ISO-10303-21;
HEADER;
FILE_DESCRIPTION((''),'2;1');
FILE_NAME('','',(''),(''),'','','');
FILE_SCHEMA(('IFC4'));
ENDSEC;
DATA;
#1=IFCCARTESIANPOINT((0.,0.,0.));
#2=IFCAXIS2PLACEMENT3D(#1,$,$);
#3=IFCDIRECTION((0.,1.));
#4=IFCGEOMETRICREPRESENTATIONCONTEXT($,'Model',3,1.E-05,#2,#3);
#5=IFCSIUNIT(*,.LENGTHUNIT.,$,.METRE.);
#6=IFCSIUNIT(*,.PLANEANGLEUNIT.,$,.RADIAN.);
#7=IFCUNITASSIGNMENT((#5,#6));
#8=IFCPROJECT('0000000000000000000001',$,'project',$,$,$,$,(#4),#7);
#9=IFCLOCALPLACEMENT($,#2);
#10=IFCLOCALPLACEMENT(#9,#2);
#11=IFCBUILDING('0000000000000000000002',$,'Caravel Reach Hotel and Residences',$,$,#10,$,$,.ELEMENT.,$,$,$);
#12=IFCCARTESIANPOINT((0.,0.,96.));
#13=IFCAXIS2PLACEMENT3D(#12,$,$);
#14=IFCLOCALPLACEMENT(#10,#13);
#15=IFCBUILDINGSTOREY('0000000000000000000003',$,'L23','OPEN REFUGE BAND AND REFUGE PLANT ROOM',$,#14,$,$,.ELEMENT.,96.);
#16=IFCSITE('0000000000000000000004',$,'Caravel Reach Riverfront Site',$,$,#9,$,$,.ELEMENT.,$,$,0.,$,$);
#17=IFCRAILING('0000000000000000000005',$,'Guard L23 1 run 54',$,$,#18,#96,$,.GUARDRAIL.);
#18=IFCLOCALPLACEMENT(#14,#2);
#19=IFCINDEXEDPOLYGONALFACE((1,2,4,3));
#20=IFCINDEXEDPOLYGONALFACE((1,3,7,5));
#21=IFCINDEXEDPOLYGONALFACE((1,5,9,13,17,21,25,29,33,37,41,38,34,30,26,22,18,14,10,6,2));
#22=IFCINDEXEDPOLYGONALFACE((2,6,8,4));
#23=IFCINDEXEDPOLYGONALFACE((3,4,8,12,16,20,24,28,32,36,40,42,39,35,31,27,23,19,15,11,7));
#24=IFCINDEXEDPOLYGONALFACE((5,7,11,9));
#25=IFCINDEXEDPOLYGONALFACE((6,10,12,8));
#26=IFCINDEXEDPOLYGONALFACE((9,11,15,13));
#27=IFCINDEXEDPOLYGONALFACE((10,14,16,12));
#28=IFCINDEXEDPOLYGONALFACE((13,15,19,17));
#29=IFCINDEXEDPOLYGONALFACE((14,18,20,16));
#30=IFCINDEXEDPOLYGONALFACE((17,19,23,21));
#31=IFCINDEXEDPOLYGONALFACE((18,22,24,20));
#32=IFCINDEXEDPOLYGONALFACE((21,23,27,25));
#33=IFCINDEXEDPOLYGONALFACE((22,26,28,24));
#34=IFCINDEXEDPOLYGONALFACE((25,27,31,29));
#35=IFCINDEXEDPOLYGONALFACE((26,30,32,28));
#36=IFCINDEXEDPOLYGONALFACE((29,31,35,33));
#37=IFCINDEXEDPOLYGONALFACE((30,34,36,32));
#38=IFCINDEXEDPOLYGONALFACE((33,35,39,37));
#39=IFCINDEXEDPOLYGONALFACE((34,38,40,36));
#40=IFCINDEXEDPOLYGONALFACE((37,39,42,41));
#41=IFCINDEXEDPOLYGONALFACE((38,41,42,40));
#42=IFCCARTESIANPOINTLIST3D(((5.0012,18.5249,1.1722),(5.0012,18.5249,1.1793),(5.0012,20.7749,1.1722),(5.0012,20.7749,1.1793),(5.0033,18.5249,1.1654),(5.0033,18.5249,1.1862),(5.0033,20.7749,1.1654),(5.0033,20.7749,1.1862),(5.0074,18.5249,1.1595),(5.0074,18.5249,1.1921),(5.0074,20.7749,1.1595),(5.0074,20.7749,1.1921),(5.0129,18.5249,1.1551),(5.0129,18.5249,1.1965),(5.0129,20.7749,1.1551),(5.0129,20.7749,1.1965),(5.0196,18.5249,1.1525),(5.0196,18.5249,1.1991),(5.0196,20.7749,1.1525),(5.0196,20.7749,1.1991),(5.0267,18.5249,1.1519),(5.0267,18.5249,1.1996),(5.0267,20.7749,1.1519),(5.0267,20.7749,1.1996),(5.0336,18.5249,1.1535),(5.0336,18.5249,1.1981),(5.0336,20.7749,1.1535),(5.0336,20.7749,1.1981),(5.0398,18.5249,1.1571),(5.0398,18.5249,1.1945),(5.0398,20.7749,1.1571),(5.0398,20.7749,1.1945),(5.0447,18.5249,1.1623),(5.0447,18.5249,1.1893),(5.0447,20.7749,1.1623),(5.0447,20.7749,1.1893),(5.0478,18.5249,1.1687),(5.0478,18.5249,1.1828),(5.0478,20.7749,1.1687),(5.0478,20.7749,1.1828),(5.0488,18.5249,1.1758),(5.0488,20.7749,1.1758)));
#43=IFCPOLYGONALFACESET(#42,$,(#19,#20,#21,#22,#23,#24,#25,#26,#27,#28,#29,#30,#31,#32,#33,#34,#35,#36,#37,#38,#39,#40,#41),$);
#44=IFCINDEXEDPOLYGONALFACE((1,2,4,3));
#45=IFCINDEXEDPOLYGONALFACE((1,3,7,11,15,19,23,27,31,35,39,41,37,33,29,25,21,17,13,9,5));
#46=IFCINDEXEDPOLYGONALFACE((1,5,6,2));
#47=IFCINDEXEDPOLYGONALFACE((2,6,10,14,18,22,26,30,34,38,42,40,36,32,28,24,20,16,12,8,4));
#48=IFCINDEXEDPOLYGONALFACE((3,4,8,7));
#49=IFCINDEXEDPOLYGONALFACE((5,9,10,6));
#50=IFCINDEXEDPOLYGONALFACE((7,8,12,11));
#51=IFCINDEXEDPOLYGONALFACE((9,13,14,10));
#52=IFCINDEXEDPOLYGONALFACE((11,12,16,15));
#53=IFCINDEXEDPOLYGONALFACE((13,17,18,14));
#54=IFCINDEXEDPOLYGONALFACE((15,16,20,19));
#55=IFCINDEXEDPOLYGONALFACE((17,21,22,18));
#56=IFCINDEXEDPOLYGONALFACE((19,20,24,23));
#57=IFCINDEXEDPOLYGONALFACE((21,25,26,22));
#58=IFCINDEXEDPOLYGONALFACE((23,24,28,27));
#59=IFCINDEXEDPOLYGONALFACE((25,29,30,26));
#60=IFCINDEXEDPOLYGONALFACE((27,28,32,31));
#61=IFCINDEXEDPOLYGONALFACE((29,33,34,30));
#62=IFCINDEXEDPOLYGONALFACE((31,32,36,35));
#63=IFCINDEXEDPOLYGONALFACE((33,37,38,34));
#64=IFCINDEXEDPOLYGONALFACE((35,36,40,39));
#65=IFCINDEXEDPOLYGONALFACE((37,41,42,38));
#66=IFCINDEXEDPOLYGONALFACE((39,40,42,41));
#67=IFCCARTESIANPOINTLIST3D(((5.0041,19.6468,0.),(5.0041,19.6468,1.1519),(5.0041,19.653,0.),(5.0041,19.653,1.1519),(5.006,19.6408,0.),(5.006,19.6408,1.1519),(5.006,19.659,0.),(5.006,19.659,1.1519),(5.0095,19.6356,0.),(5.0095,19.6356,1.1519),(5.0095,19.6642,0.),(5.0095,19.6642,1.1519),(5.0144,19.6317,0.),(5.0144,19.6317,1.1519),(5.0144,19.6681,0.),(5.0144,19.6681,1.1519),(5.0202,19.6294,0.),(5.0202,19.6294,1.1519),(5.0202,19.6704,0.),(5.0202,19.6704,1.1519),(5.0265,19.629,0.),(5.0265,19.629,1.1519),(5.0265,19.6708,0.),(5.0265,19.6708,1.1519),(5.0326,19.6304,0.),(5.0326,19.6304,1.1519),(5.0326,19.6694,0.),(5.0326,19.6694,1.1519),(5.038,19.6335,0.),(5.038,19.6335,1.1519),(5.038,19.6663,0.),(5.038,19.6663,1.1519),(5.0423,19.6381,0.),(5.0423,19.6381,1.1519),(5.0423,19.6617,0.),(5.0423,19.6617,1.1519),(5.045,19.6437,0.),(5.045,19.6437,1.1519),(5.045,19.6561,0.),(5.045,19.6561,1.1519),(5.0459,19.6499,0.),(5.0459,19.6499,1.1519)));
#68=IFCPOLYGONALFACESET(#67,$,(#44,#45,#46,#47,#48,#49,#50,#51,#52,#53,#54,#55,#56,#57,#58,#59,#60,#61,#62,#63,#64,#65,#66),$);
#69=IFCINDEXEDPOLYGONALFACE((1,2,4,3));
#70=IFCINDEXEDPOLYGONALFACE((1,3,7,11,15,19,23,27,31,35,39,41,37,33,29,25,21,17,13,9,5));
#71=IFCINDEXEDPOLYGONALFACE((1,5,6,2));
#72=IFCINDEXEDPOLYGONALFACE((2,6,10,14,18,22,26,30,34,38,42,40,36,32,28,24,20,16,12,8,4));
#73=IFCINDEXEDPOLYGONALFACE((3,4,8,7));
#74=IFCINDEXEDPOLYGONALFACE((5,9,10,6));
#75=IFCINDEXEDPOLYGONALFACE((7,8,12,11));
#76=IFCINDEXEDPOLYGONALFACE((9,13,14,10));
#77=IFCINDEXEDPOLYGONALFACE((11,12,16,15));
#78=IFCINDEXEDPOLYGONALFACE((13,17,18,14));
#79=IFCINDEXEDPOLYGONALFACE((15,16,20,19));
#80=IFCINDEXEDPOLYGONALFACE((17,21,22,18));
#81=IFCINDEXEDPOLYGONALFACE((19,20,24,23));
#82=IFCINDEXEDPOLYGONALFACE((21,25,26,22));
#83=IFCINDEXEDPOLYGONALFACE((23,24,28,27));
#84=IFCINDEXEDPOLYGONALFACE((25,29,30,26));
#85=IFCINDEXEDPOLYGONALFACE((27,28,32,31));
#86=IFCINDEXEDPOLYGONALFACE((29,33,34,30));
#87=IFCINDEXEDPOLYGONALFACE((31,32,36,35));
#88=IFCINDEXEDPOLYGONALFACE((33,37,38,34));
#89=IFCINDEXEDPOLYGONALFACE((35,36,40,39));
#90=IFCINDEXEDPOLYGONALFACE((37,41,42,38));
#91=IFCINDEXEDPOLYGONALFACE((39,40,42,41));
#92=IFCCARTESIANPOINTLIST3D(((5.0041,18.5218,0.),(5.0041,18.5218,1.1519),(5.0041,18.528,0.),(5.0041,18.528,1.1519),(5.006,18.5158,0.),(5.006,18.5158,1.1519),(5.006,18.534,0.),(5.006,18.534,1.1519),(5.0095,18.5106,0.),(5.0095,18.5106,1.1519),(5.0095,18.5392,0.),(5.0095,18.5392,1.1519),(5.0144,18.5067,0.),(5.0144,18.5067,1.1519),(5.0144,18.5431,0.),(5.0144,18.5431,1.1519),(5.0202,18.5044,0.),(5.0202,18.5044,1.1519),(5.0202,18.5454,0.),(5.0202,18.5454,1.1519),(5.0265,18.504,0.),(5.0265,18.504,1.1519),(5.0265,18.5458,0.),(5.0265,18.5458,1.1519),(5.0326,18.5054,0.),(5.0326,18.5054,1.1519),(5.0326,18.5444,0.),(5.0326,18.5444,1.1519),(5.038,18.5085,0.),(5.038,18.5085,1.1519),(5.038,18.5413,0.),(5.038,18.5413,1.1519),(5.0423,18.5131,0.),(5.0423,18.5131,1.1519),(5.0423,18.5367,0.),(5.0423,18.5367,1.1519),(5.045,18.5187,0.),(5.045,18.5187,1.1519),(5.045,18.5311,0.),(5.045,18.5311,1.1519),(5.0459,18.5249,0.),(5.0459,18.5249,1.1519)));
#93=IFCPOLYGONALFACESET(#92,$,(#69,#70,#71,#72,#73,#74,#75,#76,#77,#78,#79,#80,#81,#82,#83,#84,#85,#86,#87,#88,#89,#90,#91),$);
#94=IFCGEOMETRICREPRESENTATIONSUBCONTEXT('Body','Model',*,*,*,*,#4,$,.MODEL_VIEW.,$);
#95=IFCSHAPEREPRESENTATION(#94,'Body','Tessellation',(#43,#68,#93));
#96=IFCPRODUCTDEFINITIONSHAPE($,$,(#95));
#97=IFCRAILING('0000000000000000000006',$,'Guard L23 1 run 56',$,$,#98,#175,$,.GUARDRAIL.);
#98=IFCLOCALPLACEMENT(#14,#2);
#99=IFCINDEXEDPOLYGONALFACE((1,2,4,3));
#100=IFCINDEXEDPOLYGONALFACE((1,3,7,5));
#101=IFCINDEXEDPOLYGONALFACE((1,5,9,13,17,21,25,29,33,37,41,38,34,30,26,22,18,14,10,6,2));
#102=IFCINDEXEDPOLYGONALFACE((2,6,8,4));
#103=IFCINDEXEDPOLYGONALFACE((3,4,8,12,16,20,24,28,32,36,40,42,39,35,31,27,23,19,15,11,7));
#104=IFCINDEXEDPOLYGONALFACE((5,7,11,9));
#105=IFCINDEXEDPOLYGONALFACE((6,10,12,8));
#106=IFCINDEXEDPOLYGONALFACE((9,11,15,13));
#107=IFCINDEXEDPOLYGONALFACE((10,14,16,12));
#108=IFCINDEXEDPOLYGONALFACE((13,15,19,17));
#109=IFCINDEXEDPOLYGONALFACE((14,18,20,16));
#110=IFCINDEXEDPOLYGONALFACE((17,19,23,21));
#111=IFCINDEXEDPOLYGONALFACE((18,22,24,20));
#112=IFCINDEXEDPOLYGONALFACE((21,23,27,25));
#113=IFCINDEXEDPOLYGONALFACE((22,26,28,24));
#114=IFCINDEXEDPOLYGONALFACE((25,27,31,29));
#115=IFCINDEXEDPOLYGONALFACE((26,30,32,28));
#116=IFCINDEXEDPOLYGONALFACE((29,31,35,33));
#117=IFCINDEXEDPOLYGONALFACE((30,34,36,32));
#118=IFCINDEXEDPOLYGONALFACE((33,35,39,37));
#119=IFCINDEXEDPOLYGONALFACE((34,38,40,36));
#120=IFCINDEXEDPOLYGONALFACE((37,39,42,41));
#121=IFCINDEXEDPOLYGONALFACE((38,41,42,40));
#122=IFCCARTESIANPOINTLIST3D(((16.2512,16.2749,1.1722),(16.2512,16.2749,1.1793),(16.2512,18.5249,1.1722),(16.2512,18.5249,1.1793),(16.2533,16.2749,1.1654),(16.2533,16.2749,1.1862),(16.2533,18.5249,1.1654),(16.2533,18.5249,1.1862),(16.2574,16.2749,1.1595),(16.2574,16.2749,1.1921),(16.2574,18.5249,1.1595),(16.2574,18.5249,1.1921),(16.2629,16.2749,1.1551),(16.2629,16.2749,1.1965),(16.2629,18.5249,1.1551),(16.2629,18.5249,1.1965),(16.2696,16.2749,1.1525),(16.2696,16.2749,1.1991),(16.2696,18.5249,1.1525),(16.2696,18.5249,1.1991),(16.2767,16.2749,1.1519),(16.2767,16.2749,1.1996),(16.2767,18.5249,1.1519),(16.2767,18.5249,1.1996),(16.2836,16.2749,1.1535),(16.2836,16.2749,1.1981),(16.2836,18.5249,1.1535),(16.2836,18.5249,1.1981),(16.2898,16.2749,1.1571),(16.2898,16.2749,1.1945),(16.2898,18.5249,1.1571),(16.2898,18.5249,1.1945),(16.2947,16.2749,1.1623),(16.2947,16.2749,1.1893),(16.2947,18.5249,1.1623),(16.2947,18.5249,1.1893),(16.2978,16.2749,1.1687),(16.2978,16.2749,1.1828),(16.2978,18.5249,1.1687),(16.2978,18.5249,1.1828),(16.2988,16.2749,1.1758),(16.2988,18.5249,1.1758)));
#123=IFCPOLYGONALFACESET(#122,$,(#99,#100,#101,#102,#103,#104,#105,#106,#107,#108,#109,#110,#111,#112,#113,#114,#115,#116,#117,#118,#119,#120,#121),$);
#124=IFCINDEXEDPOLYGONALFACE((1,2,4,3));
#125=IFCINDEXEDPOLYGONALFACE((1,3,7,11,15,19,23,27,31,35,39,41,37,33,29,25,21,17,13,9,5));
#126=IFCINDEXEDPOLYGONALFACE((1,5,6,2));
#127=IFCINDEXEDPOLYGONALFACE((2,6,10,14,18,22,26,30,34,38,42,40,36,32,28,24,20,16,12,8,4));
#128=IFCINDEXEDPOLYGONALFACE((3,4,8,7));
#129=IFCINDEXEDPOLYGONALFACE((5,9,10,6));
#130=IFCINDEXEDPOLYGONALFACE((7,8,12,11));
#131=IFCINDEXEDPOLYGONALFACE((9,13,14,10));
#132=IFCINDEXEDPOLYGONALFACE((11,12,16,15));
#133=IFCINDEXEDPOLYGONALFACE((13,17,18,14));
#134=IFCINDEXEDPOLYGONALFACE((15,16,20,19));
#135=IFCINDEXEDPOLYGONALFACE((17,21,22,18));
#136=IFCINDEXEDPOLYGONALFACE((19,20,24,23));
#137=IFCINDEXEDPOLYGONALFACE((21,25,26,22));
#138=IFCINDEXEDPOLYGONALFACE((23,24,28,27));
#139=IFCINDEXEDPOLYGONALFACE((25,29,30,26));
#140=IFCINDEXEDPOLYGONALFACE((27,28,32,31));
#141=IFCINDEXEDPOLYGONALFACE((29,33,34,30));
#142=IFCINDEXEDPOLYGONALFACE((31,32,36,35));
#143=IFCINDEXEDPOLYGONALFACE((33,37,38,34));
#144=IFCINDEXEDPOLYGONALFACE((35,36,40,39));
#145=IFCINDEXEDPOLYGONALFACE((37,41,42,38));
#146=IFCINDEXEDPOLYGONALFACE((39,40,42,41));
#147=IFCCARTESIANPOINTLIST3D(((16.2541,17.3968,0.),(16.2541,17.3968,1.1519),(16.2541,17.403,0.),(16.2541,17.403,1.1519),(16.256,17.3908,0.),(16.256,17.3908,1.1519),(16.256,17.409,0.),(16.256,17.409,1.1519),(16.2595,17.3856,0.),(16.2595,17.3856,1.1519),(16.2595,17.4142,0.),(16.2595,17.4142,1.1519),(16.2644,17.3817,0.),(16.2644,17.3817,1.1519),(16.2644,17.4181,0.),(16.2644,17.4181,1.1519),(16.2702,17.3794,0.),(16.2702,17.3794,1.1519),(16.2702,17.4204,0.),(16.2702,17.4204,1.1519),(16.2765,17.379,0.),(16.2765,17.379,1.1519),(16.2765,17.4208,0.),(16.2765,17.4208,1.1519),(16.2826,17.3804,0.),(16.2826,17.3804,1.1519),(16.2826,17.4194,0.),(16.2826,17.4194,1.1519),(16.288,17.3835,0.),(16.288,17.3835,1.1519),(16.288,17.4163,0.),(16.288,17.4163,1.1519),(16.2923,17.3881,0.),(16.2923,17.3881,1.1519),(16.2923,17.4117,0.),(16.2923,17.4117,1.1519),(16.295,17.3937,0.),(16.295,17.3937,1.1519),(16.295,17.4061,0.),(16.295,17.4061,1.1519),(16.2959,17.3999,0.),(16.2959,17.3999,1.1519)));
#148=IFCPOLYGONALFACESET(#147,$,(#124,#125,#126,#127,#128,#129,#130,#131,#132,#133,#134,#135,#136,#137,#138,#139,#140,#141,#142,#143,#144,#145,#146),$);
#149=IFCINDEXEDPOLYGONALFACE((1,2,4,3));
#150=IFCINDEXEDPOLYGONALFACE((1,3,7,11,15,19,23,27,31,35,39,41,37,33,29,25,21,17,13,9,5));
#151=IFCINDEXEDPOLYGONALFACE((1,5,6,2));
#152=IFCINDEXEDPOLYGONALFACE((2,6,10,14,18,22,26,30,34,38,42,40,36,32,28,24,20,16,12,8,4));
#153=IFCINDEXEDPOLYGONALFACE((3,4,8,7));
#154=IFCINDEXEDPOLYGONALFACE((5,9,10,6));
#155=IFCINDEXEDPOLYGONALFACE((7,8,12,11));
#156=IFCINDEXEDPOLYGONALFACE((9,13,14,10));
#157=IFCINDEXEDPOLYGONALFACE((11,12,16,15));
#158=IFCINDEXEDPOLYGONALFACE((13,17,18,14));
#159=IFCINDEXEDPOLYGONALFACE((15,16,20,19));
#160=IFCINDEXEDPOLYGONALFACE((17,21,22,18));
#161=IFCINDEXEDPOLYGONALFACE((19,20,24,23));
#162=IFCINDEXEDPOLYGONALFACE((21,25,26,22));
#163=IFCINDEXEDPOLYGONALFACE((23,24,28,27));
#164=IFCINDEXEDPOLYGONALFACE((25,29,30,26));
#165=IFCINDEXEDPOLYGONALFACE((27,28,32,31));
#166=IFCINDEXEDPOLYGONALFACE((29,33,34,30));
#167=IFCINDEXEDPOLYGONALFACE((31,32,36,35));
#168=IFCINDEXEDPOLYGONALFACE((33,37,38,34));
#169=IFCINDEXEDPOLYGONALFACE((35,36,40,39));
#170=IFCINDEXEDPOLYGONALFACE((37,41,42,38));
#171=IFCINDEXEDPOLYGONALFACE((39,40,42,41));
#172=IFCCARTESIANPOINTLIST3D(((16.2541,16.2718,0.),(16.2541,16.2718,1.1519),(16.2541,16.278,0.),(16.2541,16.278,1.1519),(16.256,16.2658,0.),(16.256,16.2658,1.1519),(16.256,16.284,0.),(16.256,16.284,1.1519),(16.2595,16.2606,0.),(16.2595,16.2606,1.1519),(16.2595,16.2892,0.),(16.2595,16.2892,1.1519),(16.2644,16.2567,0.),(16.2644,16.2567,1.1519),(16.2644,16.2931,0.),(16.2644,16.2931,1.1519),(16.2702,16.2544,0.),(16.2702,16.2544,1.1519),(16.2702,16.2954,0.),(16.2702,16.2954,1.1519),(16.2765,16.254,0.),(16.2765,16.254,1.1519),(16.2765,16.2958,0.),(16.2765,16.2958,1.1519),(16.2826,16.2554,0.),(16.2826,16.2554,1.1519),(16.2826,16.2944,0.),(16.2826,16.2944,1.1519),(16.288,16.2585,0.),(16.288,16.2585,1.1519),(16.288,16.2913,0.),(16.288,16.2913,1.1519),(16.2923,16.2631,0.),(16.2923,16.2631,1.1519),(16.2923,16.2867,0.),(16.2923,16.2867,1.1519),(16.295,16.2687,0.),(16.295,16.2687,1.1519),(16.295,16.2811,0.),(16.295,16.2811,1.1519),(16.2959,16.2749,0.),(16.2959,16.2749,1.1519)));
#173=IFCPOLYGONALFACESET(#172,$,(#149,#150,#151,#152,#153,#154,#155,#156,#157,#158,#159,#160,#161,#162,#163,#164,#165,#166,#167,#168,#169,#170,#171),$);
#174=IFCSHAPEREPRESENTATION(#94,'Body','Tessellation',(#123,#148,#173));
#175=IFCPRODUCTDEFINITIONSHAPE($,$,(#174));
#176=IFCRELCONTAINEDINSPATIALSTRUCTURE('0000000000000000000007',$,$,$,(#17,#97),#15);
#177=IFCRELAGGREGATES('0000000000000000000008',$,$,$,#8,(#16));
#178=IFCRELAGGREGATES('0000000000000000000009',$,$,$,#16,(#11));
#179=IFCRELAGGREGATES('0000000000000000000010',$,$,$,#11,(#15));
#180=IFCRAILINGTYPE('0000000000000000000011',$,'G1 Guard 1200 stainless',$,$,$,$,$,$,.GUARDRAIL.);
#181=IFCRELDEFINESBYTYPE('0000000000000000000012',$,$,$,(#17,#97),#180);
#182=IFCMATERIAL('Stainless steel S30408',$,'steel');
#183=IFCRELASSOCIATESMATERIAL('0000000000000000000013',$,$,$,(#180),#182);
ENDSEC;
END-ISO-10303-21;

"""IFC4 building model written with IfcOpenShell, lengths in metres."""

from ifc_helpers import new_model, si_unit, direction, frame, origin, origin_2d, place, context, subcontext, project, spatial, circle, extrude, material, type_object, element, save


model = new_model("IFC4")

# Units and contexts
model_context = context("Model", 3, precision=1e-05, world=origin(), true_north=direction((0.0, 1.0)))
body_context = subcontext(model_context, "Body", "Model", "MODEL_VIEW")
ifc_project = project(units=[si_unit("LENGTHUNIT", "METRE"), si_unit("PLANEANGLEUNIT", "RADIAN")], contexts=[model_context])

# Site, building, storey
site_placement = place(None, origin())
site = spatial("IfcSite", under=ifc_project, at=site_placement, Name="Caravel Reach Riverfront Site", CompositionType="ELEMENT", RefElevation=0.0)
building_placement = place(site_placement, origin())
building = spatial("IfcBuilding", under=site, at=building_placement, Name="Caravel Reach Hotel and Residences", CompositionType="ELEMENT")
storey_placement = place(building_placement, frame((0.0, 0.0, 96.0)))
storey = spatial("IfcBuildingStorey", under=building, at=storey_placement, Name="L23", Description="OPEN REFUGE BAND AND REFUGE PLANT ROOM", CompositionType="ELEMENT", Elevation=96.0)

# Railings
ifc_material_1 = material(Name="Stainless steel S30408", Category="steel")
railing_type = type_object("IfcRailingType", Name="G1 Guard 1200 stainless", PredefinedType="GUARDRAIL", material=ifc_material_1)
railing_1_placement = place(storey_placement, frame((5.0249, 20.7749, 0.0)))
element("IfcRailing", 1, at=railing_1_placement, inside=storey, type_object=railing_type, Name="Guard L23 1 run 54", PredefinedType="GUARDRAIL", context=body_context, shape_type="SweptSolid", body=[
    extrude(circle(Radius=0.0239, at=origin_2d()), frame((0.0, 0.0, 1.1758), z_axis=(0.0, -1.0, 0.0), x_axis=(1.0, 0.0, 0.0)), (0.0, 0.0, 1.0), 2.25),
    extrude(circle(Radius=0.021, at=origin_2d()), frame((0.0, -1.125, 0.0)), (0.0, 0.0, 1.0), 1.1519),
    extrude(circle(Radius=0.021, at=origin_2d()), frame((0.0, -2.25, 0.0)), (0.0, 0.0, 1.0), 1.1519),
])
railing_2_placement = place(storey_placement, frame((16.2749, 18.5249, 0.0)))
element("IfcRailing", 2, at=railing_2_placement, inside=storey, type_object=railing_type, Name="Guard L23 1 run 56", PredefinedType="GUARDRAIL", context=body_context, shape_type="SweptSolid", body=[
    extrude(circle(Radius=0.0239, at=origin_2d()), frame((0.0, 0.0, 1.1758), z_axis=(0.0, -1.0, 0.0), x_axis=(1.0, 0.0, 0.0)), (0.0, 0.0, 1.0), 2.25),
    extrude(circle(Radius=0.021, at=origin_2d()), frame((0.0, -1.125, 0.0)), (0.0, 0.0, 1.0), 1.1519),
    extrude(circle(Radius=0.021, at=origin_2d()), frame((0.0, -2.25, 0.0)), (0.0, 0.0, 1.0), 1.1519),
])

save(model, "model.ifc")
